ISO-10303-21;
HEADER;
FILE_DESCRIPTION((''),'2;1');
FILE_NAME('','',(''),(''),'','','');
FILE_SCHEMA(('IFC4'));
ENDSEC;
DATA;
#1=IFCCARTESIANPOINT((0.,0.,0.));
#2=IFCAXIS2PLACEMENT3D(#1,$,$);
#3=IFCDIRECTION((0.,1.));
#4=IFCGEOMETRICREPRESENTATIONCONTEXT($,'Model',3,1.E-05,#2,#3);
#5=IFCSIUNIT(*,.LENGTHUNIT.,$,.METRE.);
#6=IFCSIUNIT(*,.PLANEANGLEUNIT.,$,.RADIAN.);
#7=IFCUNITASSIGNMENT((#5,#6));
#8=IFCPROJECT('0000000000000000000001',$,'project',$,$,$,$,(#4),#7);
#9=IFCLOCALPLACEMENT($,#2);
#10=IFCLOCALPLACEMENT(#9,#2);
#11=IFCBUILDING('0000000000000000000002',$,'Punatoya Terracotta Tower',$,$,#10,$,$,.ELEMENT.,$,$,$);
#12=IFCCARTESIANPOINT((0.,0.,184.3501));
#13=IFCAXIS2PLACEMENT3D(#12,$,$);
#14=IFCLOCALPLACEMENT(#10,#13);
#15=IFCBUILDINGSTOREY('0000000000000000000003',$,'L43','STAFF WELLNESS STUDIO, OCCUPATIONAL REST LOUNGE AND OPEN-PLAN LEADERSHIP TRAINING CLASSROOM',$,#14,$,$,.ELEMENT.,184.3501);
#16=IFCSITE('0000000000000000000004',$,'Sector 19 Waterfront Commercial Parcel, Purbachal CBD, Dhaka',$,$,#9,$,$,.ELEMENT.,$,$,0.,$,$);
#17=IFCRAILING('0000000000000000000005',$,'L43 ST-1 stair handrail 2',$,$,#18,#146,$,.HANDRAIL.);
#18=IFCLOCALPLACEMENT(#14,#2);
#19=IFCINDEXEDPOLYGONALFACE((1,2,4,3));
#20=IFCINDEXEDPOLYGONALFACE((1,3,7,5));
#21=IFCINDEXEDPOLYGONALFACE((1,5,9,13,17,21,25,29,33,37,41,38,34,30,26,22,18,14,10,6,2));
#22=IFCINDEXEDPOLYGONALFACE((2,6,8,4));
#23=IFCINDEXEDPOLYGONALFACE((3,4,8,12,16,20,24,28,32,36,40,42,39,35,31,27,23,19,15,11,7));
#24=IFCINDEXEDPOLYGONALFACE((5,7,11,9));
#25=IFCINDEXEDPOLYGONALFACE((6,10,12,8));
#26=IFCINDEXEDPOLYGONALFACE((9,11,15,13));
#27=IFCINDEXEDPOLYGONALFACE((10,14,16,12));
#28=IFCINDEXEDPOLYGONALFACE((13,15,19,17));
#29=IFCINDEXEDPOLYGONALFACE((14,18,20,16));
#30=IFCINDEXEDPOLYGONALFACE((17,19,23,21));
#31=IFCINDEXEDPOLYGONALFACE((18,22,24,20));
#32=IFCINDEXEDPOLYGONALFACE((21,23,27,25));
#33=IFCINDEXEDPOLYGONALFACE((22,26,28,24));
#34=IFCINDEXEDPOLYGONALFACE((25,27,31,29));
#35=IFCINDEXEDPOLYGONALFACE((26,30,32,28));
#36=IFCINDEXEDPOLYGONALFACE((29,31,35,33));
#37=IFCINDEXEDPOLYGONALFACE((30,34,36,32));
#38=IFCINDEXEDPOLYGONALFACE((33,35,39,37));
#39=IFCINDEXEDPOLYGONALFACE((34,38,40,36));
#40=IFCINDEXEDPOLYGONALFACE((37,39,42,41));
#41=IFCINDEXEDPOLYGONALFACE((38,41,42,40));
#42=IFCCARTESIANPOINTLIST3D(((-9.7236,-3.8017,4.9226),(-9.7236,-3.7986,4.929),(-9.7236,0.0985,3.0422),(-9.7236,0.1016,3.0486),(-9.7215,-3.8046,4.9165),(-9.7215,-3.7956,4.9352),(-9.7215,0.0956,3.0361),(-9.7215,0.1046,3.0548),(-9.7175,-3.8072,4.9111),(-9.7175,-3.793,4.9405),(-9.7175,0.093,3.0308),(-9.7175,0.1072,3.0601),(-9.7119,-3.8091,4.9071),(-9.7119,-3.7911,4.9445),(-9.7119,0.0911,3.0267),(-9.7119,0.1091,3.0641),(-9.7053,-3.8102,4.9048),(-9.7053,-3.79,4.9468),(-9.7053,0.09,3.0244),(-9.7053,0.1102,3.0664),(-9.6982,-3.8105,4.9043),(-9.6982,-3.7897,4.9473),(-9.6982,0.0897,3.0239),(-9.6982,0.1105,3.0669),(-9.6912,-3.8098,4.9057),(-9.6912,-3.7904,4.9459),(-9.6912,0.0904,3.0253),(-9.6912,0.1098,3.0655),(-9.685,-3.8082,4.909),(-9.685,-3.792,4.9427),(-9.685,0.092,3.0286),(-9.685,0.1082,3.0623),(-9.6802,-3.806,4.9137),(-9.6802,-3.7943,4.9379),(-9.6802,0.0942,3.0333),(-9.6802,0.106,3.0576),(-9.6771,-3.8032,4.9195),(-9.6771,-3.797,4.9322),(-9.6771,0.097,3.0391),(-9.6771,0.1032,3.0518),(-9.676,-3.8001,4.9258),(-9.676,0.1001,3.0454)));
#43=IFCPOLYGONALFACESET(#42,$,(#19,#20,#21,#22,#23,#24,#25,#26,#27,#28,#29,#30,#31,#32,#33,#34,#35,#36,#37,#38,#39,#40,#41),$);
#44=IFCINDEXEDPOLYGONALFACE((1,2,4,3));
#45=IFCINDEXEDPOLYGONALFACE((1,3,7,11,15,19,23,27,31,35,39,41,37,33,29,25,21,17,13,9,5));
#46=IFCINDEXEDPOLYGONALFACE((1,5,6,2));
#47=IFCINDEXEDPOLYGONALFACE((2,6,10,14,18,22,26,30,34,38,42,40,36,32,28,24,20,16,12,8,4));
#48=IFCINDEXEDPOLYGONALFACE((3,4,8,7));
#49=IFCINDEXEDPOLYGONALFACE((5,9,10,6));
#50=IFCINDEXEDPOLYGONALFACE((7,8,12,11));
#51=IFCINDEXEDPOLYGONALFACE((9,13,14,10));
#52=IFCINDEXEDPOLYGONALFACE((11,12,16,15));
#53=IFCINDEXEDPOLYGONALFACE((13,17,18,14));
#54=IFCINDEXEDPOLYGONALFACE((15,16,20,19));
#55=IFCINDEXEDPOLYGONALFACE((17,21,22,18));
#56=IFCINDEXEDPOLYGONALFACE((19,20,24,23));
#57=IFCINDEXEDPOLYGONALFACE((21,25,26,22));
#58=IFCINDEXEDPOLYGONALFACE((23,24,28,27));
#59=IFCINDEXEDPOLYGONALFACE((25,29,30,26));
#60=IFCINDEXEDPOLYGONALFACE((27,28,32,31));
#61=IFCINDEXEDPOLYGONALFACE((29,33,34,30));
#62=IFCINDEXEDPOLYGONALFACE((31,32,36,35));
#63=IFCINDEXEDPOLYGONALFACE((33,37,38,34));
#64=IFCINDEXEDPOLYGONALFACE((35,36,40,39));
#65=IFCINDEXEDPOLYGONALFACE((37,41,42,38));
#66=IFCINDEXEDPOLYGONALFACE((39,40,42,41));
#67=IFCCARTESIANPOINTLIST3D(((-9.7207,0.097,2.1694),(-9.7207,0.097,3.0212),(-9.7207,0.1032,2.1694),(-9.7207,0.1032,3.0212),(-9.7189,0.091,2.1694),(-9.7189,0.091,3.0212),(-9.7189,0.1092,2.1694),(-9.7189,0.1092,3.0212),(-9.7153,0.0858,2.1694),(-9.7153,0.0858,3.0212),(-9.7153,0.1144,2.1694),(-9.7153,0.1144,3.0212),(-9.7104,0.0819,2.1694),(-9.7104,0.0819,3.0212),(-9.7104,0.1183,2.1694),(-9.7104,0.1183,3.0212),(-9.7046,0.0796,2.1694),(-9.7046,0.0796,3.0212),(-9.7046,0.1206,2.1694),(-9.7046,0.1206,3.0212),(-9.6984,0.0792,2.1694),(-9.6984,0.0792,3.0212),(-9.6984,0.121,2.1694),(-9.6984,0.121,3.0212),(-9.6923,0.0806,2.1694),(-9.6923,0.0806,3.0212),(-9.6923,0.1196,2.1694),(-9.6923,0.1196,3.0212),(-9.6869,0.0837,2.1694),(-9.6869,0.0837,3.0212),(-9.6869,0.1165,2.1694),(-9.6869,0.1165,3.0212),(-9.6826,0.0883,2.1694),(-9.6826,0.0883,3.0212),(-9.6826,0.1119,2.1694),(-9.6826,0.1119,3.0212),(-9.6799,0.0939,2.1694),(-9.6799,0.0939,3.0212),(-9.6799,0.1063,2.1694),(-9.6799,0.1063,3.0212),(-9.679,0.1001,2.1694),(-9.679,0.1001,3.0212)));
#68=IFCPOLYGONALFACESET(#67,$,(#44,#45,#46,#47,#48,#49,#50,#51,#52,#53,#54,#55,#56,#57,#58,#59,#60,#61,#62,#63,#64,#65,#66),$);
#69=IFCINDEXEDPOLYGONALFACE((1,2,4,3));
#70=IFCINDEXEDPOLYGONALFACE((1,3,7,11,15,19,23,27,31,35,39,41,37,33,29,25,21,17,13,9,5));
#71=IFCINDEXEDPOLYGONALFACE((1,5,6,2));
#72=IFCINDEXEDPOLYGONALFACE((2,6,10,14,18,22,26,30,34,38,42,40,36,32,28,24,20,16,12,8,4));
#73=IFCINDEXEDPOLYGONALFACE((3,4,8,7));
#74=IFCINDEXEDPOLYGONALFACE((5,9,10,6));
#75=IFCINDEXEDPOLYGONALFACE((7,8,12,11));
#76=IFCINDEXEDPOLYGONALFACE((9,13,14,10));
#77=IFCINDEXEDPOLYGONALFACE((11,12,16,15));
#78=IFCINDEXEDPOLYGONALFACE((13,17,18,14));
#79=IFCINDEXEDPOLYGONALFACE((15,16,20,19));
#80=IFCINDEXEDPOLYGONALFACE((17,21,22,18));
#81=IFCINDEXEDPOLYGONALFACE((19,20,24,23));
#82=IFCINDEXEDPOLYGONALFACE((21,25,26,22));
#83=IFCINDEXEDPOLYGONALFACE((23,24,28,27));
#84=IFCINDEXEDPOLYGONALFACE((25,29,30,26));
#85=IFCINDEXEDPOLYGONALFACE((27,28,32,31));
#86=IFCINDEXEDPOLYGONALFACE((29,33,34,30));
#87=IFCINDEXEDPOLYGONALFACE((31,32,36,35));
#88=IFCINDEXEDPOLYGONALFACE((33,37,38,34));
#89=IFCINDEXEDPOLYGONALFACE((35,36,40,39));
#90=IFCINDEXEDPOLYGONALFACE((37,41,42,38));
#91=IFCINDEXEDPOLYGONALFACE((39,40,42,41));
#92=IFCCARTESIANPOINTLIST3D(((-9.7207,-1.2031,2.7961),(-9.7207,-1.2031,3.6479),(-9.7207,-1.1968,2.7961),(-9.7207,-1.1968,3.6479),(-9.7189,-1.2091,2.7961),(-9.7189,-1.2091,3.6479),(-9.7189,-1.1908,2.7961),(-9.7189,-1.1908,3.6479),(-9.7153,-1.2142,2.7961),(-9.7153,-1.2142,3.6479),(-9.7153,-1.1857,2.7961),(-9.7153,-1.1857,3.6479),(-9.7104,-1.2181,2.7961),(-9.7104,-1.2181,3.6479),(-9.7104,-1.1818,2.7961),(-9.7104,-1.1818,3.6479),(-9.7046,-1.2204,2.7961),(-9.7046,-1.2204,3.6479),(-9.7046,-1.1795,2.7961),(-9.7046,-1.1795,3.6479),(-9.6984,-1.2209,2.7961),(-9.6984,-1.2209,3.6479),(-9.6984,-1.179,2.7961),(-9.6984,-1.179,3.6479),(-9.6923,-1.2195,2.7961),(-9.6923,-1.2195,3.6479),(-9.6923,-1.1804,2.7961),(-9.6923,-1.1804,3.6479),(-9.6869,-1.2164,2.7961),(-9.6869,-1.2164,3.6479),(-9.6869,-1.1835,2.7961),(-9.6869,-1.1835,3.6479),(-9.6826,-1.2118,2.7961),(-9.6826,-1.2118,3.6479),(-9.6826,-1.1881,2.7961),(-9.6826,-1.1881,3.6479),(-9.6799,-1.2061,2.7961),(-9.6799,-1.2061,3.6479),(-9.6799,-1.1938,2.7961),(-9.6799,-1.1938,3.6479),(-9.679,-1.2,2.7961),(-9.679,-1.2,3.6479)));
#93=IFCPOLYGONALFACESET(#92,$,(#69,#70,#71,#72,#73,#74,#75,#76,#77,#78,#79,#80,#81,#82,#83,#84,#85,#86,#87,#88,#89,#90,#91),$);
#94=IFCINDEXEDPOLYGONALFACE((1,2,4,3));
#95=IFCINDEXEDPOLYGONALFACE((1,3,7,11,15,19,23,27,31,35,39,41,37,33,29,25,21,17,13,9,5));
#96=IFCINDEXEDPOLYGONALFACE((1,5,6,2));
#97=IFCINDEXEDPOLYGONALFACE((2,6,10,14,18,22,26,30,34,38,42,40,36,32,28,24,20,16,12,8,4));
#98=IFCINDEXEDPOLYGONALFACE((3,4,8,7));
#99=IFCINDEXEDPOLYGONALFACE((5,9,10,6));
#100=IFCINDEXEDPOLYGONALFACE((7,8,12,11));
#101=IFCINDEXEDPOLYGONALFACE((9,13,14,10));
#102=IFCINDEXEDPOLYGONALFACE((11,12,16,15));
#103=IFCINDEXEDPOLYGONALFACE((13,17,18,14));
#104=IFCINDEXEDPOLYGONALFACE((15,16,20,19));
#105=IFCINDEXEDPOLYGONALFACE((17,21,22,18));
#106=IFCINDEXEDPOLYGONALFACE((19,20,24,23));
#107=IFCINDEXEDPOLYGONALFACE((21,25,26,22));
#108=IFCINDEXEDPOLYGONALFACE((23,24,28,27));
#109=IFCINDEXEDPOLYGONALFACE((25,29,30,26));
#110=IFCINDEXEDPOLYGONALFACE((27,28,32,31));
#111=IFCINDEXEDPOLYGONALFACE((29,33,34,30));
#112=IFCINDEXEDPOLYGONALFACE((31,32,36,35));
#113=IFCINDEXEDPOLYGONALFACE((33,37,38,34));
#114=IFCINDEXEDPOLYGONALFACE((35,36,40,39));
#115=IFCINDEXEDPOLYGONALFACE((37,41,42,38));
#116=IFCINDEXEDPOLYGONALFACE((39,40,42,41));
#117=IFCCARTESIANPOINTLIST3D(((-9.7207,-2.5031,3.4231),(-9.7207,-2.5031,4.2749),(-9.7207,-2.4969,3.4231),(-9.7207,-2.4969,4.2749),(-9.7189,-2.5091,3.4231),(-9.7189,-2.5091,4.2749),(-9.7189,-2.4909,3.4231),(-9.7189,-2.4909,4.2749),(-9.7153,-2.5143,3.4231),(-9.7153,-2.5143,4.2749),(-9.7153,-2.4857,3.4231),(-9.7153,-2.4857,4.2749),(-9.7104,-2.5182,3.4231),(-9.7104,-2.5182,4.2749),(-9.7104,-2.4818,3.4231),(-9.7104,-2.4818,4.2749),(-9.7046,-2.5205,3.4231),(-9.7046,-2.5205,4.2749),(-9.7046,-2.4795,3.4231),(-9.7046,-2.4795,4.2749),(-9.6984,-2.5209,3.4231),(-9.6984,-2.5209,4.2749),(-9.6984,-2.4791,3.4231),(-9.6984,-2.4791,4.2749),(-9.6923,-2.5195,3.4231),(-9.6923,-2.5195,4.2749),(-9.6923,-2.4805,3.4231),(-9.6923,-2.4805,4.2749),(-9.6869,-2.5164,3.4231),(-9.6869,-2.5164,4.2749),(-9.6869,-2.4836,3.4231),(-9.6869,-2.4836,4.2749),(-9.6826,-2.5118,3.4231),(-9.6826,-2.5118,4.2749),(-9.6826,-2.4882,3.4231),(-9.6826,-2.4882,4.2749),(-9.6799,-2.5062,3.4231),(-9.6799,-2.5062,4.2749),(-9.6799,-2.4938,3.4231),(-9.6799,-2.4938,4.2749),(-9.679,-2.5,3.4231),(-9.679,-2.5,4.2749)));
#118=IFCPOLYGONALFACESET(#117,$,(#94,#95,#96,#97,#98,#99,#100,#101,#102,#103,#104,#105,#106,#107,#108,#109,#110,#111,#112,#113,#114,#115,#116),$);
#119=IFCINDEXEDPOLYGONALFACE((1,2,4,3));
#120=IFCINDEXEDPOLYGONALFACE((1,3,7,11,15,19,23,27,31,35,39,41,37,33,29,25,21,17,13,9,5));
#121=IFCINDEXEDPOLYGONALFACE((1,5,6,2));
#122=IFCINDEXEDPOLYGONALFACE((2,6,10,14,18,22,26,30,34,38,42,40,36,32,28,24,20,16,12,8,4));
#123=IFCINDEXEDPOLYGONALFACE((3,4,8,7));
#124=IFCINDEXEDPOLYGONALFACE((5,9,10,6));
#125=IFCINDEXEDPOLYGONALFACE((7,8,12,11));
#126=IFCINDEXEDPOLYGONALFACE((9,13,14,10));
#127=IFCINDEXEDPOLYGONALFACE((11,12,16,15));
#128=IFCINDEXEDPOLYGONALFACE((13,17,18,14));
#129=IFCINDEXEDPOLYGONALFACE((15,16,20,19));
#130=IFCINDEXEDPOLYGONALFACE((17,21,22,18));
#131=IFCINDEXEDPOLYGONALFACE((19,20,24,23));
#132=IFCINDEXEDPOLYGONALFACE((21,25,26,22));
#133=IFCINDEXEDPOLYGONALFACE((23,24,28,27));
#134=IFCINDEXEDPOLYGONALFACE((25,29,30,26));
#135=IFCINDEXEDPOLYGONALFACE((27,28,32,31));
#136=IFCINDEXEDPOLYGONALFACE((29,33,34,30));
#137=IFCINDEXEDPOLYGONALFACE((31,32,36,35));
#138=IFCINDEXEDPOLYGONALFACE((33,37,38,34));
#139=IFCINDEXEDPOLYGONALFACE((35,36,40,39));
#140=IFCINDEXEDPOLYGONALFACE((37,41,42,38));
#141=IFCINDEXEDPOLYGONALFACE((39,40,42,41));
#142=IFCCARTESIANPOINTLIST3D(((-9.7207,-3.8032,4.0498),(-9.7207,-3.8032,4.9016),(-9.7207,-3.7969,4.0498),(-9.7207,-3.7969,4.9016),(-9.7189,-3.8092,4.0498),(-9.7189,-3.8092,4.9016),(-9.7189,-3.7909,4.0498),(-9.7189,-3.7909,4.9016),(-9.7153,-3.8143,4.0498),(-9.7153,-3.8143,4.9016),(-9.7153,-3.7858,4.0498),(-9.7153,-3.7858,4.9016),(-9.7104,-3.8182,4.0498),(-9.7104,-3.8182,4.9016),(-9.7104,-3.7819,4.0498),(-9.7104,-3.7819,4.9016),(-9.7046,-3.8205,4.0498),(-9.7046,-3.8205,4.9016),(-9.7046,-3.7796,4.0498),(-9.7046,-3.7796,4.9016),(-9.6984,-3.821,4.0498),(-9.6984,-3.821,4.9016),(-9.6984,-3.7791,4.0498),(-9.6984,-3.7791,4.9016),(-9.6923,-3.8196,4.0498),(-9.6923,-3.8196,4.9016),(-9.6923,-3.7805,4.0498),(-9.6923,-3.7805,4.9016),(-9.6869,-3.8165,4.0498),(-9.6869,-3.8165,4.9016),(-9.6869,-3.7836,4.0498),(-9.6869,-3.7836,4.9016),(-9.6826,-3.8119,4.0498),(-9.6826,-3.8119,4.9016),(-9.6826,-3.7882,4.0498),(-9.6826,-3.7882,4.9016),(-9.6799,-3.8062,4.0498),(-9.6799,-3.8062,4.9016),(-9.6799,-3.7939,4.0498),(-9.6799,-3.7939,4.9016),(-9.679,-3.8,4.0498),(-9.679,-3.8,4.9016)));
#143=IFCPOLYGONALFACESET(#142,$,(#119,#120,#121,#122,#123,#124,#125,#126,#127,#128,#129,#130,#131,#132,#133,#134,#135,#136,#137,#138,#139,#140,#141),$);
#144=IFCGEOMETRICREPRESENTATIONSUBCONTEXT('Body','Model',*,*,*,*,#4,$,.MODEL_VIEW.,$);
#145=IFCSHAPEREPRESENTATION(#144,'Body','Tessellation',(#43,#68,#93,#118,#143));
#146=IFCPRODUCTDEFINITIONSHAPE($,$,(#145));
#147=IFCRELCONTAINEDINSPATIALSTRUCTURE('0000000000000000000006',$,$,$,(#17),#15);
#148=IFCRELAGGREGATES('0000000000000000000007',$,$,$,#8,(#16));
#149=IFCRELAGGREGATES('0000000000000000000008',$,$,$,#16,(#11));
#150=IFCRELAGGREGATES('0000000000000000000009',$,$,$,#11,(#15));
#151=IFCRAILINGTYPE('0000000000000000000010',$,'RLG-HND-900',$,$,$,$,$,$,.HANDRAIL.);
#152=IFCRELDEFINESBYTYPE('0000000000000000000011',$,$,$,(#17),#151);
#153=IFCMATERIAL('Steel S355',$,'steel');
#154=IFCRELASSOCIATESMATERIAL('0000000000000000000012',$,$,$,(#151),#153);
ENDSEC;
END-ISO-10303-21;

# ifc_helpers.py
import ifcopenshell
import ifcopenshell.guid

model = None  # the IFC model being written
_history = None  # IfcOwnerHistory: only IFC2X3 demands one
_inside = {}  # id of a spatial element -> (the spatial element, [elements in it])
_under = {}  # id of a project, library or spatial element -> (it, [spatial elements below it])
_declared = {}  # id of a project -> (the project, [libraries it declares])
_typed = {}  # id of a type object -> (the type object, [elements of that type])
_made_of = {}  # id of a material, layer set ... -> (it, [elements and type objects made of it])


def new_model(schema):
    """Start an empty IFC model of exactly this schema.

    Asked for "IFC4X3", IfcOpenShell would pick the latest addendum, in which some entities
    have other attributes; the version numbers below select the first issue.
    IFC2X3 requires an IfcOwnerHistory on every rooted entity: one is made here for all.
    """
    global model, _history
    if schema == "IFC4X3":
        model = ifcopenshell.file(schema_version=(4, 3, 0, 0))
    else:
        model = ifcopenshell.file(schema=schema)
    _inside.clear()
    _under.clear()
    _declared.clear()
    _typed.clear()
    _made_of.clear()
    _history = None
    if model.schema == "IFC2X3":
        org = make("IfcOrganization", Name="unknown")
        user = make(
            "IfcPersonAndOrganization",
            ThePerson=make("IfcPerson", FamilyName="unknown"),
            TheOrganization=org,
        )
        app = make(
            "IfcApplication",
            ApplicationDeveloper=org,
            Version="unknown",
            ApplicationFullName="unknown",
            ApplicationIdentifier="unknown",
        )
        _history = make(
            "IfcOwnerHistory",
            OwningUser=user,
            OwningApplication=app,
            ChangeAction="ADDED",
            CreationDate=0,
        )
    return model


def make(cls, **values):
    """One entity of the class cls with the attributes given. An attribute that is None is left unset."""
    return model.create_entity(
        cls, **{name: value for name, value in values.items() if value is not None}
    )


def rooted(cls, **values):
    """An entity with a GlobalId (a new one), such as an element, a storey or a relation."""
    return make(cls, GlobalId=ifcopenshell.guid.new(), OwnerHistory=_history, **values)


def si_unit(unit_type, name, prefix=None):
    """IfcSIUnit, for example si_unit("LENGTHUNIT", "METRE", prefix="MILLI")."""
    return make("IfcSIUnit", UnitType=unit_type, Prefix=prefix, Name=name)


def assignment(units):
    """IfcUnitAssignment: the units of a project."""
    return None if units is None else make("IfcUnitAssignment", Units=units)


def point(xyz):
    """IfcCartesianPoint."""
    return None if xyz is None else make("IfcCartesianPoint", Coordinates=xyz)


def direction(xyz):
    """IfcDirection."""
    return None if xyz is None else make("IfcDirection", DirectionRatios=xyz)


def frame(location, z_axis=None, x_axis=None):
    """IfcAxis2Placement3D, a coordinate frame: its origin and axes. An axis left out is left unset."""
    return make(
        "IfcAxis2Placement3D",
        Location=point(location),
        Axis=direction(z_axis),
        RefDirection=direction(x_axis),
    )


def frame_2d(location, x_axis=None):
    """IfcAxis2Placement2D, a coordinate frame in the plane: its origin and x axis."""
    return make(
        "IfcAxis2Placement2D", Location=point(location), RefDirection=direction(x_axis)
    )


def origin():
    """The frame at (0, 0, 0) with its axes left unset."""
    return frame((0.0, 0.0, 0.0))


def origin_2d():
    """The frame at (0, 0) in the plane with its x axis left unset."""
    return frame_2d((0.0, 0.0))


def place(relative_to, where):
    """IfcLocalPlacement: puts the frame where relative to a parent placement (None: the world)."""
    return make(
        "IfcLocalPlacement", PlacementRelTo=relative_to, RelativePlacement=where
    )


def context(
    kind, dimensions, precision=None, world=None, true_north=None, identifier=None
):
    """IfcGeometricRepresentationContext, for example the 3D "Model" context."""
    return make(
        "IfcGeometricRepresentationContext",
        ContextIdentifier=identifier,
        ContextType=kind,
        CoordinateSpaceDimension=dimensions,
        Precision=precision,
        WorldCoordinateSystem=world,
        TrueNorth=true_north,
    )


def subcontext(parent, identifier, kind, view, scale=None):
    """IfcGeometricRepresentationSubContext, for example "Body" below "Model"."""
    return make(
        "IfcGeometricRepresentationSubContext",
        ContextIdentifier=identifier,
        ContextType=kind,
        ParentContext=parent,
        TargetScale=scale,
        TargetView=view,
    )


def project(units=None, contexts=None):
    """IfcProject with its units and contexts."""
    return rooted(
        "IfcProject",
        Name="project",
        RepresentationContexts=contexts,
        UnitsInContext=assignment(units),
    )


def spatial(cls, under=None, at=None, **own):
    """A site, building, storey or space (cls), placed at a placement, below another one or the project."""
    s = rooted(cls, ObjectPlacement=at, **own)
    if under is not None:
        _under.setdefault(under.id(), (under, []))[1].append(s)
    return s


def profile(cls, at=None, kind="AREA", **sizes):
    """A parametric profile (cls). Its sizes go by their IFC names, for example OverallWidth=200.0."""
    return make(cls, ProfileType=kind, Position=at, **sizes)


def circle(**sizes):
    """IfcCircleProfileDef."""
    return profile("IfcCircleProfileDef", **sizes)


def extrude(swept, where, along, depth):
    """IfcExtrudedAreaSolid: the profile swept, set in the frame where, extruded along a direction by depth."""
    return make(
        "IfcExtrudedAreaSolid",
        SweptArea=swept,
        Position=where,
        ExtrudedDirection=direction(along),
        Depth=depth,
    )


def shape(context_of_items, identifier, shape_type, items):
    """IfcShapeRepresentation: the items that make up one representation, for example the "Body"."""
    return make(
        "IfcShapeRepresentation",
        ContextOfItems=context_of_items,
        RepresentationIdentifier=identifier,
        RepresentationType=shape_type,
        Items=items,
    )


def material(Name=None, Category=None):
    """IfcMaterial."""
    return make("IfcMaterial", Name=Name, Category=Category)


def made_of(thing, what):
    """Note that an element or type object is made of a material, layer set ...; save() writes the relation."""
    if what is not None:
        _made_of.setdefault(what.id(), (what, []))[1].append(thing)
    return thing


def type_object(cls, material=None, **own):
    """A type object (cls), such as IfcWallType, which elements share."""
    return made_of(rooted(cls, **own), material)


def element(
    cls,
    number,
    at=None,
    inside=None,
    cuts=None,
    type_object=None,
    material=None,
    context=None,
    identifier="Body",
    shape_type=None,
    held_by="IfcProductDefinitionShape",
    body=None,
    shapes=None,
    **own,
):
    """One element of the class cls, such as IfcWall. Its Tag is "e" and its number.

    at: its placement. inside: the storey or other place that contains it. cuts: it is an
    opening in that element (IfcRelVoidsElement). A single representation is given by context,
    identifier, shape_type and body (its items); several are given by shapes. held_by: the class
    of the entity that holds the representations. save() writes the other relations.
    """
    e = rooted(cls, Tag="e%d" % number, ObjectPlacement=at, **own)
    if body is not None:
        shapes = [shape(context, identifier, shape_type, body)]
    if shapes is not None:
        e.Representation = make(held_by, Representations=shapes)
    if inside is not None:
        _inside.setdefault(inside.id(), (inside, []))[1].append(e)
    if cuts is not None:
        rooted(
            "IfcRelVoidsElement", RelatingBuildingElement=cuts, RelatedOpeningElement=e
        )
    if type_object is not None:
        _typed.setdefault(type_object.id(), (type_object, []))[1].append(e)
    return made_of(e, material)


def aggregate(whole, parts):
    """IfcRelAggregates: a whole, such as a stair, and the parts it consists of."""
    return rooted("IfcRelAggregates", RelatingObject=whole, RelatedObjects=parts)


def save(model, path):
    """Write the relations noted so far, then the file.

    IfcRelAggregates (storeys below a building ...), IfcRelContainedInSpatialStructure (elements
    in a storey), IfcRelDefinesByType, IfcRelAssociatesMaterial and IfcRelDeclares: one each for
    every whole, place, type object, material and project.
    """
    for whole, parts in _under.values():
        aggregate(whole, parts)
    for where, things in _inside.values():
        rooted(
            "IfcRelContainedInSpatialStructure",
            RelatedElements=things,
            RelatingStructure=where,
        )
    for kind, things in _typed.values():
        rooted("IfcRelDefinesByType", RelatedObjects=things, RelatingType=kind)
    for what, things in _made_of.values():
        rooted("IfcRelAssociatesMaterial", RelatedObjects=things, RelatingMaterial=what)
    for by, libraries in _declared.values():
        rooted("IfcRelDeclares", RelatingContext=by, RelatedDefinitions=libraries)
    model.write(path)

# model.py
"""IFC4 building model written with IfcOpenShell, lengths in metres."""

from ifc_helpers import new_model, si_unit, direction, frame, origin, origin_2d, place, context, subcontext, project, spatial, circle, extrude, material, type_object, element, save


model = new_model("IFC4")

# Units and contexts
model_context = context("Model", 3, precision=1e-05, world=origin(), true_north=direction((0.0, 1.0)))
body_context = subcontext(model_context, "Body", "Model", "MODEL_VIEW")
ifc_project = project(units=[si_unit("LENGTHUNIT", "METRE"), si_unit("PLANEANGLEUNIT", "RADIAN")], contexts=[model_context])

# Site, building, storey
site_placement = place(None, origin())
site = spatial("IfcSite", under=ifc_project, at=site_placement, Name="Sector 19 Waterfront Commercial Parcel, Purbachal CBD, Dhaka", CompositionType="ELEMENT", RefElevation=0.0)
building_placement = place(site_placement, origin())
building = spatial("IfcBuilding", under=site, at=building_placement, Name="Punatoya Terracotta Tower", CompositionType="ELEMENT")
storey_placement = place(building_placement, frame((0.0, 0.0, 184.3501)))
storey = spatial("IfcBuildingStorey", under=building, at=storey_placement, Name="L43", Description="STAFF WELLNESS STUDIO, OCCUPATIONAL REST LOUNGE AND OPEN-PLAN LEADERSHIP TRAINING CLASSROOM", CompositionType="ELEMENT", Elevation=184.3501)

# Shared definitions
ifc_material_1 = material(Name="Steel S355", Category="steel")

# Railing
railing_type_1 = type_object("IfcRailingType", Name="RLG-HND-900", PredefinedType="HANDRAIL", material=ifc_material_1)
railing_1_placement = place(storey_placement, frame((-9.7, 0.1001, 2.1694)))
element("IfcRailing", 1, at=railing_1_placement, inside=storey, type_object=railing_type_1, Name="L43 ST-1 stair handrail 2", PredefinedType="HANDRAIL", context=body_context, shape_type="SweptSolid", body=[
    extrude(circle(Radius=0.0239, at=origin_2d()), frame((0.0, 0.0, 0.876), z_axis=(0.0, -0.900774, 0.434289), x_axis=(1.0, 0.0, 0.0)), (0.0, 0.0, 1.0), 4.3298),
    extrude(circle(Radius=0.021, at=origin_2d()), origin(), (0.0, 0.0, 1.0), 0.8518),
    extrude(circle(Radius=0.021, at=origin_2d()), frame((0.0, -1.3, 0.6267)), (0.0, 0.0, 1.0), 0.8518),
    extrude(circle(Radius=0.021, at=origin_2d()), frame((0.0, -2.6001, 1.2537)), (0.0, 0.0, 1.0), 0.8518),
    extrude(circle(Radius=0.021, at=origin_2d()), frame((0.0, -3.9001, 1.8804)), (0.0, 0.0, 1.0), 0.8518),
])

save(model, "model.ifc")
